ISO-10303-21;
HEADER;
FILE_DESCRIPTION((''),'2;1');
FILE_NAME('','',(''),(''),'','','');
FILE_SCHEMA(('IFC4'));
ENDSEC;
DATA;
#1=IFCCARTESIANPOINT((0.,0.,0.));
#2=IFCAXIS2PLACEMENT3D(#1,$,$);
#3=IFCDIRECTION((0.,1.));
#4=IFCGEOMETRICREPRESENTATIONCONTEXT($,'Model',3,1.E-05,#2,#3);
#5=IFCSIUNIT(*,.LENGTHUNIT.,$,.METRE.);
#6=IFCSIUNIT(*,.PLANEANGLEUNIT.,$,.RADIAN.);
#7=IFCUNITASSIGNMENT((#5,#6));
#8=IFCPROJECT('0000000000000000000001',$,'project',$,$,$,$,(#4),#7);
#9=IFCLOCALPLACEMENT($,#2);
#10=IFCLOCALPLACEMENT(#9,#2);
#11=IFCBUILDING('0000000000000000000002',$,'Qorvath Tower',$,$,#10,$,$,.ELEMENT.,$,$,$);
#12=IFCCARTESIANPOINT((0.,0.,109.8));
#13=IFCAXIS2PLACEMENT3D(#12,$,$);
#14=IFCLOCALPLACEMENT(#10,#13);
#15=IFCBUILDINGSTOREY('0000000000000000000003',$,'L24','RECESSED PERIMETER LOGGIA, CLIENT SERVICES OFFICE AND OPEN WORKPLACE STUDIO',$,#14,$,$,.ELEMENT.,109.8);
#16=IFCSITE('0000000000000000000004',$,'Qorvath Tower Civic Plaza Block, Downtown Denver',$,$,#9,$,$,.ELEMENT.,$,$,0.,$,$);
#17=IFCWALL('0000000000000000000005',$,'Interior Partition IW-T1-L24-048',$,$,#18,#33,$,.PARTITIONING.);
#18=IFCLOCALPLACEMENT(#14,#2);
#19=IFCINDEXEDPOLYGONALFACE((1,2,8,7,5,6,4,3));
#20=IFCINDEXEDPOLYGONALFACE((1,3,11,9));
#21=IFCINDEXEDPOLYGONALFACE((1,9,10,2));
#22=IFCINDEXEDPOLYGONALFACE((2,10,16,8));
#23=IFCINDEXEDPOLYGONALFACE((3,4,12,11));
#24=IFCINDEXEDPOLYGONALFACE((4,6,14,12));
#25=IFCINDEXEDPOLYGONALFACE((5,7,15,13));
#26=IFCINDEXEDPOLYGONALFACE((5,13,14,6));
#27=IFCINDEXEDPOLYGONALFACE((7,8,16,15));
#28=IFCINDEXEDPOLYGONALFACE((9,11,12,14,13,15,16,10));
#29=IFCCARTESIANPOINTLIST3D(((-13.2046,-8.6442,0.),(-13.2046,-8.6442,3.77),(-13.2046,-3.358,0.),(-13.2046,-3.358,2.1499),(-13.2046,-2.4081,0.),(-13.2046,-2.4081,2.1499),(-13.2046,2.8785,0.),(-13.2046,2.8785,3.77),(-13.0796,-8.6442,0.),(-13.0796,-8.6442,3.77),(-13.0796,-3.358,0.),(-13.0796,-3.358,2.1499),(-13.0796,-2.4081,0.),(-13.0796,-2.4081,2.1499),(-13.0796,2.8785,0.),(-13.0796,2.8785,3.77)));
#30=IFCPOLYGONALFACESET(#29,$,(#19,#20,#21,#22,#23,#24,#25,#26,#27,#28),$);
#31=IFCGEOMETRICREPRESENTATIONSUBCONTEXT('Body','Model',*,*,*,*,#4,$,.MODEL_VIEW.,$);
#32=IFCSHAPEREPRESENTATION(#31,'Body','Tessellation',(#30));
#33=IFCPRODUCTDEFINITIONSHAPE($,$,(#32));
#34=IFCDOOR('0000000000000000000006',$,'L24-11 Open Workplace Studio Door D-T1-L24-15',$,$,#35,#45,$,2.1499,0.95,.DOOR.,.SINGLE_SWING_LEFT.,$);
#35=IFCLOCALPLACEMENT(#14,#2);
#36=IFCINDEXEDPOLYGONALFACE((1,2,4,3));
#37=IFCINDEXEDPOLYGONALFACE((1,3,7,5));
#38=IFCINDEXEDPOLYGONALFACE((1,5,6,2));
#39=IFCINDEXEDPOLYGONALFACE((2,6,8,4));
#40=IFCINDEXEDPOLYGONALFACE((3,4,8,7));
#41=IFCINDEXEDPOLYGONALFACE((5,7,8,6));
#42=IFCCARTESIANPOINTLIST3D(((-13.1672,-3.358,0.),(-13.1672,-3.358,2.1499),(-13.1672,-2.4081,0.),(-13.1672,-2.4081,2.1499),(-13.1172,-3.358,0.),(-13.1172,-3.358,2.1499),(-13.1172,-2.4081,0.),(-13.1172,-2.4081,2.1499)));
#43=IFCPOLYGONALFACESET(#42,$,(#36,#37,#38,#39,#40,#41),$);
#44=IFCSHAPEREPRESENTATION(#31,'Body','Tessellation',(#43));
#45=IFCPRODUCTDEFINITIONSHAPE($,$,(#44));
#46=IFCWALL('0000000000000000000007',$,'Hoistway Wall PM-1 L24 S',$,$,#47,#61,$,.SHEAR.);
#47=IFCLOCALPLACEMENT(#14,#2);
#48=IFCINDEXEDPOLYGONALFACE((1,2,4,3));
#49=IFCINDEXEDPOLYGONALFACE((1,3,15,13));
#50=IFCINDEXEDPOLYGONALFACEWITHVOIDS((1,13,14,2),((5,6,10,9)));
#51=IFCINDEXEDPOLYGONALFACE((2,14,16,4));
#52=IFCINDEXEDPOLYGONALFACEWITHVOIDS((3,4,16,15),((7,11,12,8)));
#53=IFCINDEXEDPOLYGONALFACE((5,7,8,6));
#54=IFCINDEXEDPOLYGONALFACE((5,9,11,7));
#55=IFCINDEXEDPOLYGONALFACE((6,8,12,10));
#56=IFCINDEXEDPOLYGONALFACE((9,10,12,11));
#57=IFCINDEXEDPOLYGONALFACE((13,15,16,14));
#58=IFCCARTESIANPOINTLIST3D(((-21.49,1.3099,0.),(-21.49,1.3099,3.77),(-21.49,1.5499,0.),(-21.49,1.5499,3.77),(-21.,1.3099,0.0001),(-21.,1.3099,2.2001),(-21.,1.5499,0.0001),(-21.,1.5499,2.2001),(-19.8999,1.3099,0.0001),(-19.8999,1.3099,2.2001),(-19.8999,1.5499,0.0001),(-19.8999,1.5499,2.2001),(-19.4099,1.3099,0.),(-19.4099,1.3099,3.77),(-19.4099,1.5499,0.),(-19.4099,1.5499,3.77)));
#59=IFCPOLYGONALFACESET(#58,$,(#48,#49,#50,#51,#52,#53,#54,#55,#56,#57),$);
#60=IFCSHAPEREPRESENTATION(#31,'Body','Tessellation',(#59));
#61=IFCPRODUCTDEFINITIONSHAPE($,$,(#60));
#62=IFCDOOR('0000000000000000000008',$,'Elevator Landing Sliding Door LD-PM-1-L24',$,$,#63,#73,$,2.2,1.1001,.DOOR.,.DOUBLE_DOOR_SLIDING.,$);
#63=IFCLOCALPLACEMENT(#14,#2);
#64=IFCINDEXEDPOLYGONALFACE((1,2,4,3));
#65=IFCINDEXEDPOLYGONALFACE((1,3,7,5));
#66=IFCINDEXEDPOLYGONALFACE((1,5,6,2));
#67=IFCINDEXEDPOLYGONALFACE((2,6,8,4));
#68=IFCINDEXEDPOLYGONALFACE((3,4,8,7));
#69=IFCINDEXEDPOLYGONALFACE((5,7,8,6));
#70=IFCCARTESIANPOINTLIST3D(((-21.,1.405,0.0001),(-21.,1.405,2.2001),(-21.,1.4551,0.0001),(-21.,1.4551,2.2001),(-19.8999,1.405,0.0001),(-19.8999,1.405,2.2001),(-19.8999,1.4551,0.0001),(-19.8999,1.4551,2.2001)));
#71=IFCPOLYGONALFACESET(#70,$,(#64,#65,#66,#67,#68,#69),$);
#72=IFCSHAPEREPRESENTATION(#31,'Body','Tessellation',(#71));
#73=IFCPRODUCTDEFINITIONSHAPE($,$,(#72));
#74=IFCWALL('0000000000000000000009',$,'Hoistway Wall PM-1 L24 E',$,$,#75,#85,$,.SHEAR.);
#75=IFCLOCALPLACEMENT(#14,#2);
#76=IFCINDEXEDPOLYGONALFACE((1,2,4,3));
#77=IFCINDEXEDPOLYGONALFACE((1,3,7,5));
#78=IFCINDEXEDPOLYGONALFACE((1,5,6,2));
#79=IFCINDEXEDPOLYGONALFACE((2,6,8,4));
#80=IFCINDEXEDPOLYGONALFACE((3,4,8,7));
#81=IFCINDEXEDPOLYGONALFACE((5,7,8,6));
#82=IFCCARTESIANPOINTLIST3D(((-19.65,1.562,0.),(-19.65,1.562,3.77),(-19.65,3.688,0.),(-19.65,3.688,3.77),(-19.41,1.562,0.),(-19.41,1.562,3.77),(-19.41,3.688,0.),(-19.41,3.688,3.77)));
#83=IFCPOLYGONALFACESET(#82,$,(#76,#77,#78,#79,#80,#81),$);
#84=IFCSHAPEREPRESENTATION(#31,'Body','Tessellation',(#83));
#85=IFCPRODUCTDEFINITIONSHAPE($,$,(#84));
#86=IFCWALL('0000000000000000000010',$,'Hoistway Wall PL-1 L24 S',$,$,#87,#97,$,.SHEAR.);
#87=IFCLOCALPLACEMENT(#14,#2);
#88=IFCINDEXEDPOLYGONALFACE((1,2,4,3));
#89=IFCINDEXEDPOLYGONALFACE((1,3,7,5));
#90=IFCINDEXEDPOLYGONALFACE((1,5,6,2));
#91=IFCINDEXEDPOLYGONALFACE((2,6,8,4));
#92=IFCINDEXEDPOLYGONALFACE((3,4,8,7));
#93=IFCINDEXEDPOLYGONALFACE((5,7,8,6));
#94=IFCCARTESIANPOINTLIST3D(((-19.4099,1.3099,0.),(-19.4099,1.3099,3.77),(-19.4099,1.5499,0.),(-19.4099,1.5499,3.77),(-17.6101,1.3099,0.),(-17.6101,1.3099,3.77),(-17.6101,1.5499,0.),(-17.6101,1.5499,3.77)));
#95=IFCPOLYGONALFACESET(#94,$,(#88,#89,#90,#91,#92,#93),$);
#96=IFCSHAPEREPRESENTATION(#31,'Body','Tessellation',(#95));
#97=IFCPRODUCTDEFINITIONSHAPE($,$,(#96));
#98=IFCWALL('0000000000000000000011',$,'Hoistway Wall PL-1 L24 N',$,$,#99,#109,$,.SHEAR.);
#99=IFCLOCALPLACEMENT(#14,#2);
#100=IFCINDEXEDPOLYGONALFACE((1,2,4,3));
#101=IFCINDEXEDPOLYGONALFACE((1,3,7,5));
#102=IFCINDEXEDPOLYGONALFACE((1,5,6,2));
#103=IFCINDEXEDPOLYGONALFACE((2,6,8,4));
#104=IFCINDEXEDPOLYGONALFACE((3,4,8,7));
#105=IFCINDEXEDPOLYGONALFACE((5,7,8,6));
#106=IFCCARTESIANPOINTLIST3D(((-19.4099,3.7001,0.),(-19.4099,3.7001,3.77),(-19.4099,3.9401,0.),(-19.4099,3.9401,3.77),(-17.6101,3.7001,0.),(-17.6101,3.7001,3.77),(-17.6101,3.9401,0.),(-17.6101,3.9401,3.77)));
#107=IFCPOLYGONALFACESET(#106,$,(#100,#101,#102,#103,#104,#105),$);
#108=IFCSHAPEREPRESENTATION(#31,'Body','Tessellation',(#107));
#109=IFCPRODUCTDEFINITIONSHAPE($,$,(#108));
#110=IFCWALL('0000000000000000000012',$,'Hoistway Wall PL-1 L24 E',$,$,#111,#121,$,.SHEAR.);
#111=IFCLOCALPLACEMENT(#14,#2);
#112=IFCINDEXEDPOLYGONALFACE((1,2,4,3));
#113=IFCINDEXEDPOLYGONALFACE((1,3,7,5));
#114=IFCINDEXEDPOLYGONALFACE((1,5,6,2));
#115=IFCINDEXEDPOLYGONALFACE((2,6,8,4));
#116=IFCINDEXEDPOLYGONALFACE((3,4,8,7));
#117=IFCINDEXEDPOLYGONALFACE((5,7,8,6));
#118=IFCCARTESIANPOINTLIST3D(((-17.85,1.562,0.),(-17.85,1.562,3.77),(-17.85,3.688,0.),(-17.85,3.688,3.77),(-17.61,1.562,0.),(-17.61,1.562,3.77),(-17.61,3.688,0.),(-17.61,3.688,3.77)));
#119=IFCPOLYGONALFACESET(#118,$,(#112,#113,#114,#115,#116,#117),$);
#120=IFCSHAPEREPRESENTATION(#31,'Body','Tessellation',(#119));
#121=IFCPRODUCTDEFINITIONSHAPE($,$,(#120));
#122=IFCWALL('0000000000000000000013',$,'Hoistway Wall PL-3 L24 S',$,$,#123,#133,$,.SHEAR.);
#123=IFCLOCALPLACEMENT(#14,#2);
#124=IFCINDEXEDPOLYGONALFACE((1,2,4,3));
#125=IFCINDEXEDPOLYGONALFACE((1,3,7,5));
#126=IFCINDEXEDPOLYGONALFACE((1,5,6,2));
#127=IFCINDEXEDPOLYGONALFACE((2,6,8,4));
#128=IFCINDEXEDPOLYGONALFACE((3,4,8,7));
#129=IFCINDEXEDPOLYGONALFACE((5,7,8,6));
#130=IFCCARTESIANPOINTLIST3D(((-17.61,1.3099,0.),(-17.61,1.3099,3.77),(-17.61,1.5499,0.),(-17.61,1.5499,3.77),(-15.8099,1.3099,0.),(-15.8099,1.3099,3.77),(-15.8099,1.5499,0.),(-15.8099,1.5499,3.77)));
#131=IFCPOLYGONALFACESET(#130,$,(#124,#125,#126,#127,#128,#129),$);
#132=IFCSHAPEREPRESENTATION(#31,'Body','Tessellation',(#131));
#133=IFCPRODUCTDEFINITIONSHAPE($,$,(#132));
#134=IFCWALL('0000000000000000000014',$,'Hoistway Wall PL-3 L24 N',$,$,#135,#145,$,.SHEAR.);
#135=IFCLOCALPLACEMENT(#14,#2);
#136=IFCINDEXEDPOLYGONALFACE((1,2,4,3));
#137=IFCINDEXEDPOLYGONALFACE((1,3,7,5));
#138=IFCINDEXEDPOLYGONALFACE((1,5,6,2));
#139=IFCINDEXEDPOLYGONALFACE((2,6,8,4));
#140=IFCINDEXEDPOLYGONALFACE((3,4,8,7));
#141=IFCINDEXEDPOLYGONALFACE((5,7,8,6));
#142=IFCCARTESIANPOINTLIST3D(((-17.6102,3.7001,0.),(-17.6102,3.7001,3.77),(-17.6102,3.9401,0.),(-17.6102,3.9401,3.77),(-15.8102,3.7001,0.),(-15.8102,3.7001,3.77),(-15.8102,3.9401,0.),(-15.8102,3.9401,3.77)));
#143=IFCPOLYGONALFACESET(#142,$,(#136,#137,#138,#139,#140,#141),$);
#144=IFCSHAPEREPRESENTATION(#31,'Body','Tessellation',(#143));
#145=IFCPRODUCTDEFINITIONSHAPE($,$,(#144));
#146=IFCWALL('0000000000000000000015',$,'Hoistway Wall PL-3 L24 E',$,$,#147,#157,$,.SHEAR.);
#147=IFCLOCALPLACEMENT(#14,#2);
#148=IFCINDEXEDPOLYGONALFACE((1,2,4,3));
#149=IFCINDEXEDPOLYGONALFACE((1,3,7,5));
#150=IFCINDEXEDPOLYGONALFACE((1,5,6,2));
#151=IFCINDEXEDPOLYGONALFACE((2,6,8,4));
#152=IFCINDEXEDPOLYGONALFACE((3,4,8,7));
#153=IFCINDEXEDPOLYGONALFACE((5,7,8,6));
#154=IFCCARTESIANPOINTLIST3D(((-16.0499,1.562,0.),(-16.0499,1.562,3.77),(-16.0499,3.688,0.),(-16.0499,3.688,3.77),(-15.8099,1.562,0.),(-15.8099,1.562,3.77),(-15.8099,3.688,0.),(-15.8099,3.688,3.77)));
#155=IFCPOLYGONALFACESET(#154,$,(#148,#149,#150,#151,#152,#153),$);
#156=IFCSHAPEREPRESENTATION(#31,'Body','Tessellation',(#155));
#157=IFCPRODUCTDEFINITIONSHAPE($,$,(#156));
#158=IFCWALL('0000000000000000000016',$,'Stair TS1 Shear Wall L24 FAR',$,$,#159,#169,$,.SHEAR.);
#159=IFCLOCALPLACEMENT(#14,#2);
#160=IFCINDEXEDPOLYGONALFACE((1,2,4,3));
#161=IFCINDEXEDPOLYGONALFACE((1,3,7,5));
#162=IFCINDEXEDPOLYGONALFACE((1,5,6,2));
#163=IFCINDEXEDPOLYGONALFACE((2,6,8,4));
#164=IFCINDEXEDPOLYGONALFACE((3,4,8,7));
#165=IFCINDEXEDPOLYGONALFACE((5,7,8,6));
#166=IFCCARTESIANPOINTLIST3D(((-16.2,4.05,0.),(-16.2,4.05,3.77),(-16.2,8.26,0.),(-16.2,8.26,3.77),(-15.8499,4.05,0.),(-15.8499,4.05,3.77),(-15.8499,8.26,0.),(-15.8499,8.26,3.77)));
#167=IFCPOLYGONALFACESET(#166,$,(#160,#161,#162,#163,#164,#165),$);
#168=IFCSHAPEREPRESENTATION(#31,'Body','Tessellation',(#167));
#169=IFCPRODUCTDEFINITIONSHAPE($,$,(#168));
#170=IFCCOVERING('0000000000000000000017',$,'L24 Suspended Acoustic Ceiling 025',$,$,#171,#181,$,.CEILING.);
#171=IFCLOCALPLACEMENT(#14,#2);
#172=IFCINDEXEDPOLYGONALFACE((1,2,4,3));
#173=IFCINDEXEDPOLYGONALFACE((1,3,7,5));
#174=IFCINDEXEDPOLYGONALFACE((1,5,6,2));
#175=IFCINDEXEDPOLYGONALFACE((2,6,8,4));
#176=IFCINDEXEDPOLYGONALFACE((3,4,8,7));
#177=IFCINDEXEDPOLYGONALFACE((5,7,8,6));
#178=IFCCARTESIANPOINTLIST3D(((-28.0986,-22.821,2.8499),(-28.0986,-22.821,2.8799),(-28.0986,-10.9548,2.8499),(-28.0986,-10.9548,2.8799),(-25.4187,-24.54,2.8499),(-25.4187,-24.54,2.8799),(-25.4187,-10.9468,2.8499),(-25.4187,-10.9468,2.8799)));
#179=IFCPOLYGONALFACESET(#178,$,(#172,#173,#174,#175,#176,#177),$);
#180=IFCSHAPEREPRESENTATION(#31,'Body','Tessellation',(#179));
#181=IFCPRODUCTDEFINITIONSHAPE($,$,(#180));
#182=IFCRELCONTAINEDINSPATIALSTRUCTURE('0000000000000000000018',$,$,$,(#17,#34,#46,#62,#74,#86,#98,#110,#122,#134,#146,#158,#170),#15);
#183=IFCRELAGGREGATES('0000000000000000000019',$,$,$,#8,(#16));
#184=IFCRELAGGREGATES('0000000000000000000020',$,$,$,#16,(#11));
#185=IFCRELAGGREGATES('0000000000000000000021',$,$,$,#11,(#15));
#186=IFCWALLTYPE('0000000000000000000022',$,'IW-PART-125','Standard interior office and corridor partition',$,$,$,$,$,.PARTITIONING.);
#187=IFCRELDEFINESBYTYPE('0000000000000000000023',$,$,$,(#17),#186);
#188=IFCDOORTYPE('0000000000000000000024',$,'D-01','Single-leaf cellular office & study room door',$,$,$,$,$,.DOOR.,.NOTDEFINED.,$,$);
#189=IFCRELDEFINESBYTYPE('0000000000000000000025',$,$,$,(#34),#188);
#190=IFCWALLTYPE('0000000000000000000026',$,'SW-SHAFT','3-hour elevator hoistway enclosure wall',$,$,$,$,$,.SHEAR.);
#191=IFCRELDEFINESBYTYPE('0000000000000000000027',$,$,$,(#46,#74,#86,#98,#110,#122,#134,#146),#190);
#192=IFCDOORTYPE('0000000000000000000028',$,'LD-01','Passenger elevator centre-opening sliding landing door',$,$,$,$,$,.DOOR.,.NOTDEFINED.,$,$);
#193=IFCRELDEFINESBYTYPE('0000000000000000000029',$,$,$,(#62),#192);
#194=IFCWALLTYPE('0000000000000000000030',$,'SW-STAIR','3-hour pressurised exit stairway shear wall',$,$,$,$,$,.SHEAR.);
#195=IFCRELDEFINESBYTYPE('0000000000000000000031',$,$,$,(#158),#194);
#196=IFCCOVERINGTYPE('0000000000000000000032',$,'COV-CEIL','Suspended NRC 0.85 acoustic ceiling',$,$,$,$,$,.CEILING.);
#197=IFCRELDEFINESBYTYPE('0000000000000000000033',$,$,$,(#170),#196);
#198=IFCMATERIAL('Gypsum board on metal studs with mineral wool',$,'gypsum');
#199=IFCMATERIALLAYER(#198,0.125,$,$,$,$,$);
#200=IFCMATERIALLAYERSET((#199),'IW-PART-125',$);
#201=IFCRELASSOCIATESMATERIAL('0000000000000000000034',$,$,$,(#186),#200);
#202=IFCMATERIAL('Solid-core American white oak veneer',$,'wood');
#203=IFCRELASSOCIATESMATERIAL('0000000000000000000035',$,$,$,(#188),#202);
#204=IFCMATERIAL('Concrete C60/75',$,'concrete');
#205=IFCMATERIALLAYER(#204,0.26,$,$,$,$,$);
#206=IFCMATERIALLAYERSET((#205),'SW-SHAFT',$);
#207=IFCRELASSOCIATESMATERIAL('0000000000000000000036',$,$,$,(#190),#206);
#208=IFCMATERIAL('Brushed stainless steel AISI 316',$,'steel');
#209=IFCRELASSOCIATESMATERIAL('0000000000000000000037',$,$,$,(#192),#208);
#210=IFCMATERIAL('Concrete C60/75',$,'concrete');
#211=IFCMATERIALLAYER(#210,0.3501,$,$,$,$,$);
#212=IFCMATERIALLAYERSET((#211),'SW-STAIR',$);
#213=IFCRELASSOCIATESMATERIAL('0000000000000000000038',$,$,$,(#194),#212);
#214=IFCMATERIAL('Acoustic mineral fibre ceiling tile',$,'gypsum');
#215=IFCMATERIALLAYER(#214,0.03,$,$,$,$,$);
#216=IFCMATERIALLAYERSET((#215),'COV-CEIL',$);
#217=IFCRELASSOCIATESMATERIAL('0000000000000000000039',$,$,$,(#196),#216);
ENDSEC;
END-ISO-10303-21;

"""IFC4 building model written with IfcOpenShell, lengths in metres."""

from ifc_helpers import new_model, si_unit, direction, frame, frame_2d, origin, place, context, subcontext, project, spatial, polyline, rectangle, outline, extrude, material, layer, layer_set, type_object, element, fill, save


model = new_model("IFC4")

# Units and contexts
model_context = context("Model", 3, precision=1e-05, world=origin(), true_north=direction((0.0, 1.0)))
body_context = subcontext(model_context, "Body", "Model", "MODEL_VIEW")
ifc_project = project(units=[si_unit("LENGTHUNIT", "METRE"), si_unit("PLANEANGLEUNIT", "RADIAN")], contexts=[model_context])

# Site, building, storey
site_placement = place(None, origin())
site = spatial("IfcSite", under=ifc_project, at=site_placement, Name="Qorvath Tower Civic Plaza Block, Downtown Denver", CompositionType="ELEMENT", RefElevation=0.0)
building_placement = place(site_placement, origin())
building = spatial("IfcBuilding", under=site, at=building_placement, Name="Qorvath Tower", CompositionType="ELEMENT")
storey_placement = place(building_placement, frame((0.0, 0.0, 109.8)))
storey = spatial("IfcBuildingStorey", under=building, at=storey_placement, Name="L24", Description="RECESSED PERIMETER LOGGIA, CLIENT SERVICES OFFICE AND OPEN WORKPLACE STUDIO", CompositionType="ELEMENT", Elevation=109.8)

# Walls, openings, doors
ifc_material_1 = material(Name="Gypsum board on metal studs with mineral wool", Category="gypsum")
ifc_layer_1 = layer(ifc_material_1, 0.125)
ifc_layer_set_1 = layer_set([ifc_layer_1], Name="IW-PART-125")
wall_type_1 = type_object("IfcWallType", Name="IW-PART-125", Description="Standard interior office and corridor partition", PredefinedType="PARTITIONING", material=ifc_layer_set_1)
wall_1_placement = place(storey_placement, frame((-13.1421, 2.8784, 0.0), z_axis=(0.0, 0.0, 1.0), x_axis=(0.0, -1.0, 0.0)))
wall_1 = element("IfcWall", 1, at=wall_1_placement, inside=storey, type_object=wall_type_1, Name="Interior Partition IW-T1-L24-048", PredefinedType="PARTITIONING", context=body_context, shape_type="SweptSolid", body=[
    extrude(rectangle(XDim=11.5227, YDim=0.125, at=frame_2d((5.7612, 0.0))), origin(), (0.0, 0.0, 1.0), 3.77),
])
opening_1_placement = place(wall_1_placement, frame((5.2864, 0.0, 0.0)))
opening_1 = element("IfcOpeningElement", 2, at=opening_1_placement, cuts=wall_1, PredefinedType="OPENING", context=body_context, shape_type="SweptSolid", body=[
    extrude(rectangle(XDim=0.95, YDim=2.1499, at=frame_2d((0.4751, 1.075))), frame((0.0, 0.0725, 0.0), z_axis=(0.0, -1.0, 0.0), x_axis=(1.0, 0.0, 0.0)), (0.0, 0.0, 1.0), 0.145),
])
ifc_material_2 = material(Name="Solid-core American white oak veneer", Category="wood")
door_type_1 = type_object("IfcDoorType", Name="D-01", Description="Single-leaf cellular office & study room door", OperationType="NOTDEFINED", PredefinedType="DOOR", material=ifc_material_2)
door_1_placement = place(opening_1_placement, origin())
door_1 = element("IfcDoor", 3, at=door_1_placement, inside=storey, type_object=door_type_1, Name="L24-11 Open Workplace Studio Door D-T1-L24-15", OperationType="SINGLE_SWING_LEFT", OverallHeight=2.1499, OverallWidth=0.95, PredefinedType="DOOR", context=body_context, shape_type="SweptSolid", body=[
    extrude(rectangle(XDim=0.95, YDim=2.1499, at=frame_2d((0.4751, 1.075))), frame((0.0, 0.0249, 0.0), z_axis=(0.0, -1.0, 0.0), x_axis=(1.0, 0.0, 0.0)), (0.0, 0.0, 1.0), 0.05),
])
fill(opening_1, door_1)
ifc_material_3 = material(Name="Concrete C60/75", Category="concrete")
ifc_layer_2 = layer(ifc_material_3, 0.26)
ifc_layer_set_2 = layer_set([ifc_layer_2], Name="SW-SHAFT")
wall_type_2 = type_object("IfcWallType", Name="SW-SHAFT", Description="3-hour elevator hoistway enclosure wall", PredefinedType="SHEAR", material=ifc_layer_set_2)
wall_2_placement = place(storey_placement, frame((-19.4099, 1.4299, 0.0), z_axis=(0.0, 0.0, 1.0), x_axis=(-1.0, 0.0, 0.0)))
wall_2 = element("IfcWall", 4, at=wall_2_placement, inside=storey, type_object=wall_type_2, Name="Hoistway Wall PM-1 L24 S", PredefinedType="SHEAR", context=body_context, shape_type="SweptSolid", body=[
    extrude(rectangle(XDim=2.0801, YDim=0.24, at=frame_2d((1.04, 0.0))), origin(), (0.0, 0.0, 1.0), 3.77),
])
opening_2_placement = place(wall_2_placement, frame((0.49, 0.0, 0.0)))
opening_2 = element("IfcOpeningElement", 5, at=opening_2_placement, cuts=wall_2, PredefinedType="OPENING", context=body_context, shape_type="SweptSolid", body=[
    extrude(rectangle(XDim=1.1001, YDim=2.2, at=frame_2d((0.55, 1.1001))), frame((0.0, 0.1299, 0.0), z_axis=(0.0, -1.0, 0.0), x_axis=(1.0, 0.0, 0.0)), (0.0, 0.0, 1.0), 0.26),
])
ifc_material_4 = material(Name="Brushed stainless steel AISI 316", Category="steel")
door_type_2 = type_object("IfcDoorType", Name="LD-01", Description="Passenger elevator centre-opening sliding landing door", OperationType="NOTDEFINED", PredefinedType="DOOR", material=ifc_material_4)
door_2_placement = place(opening_2_placement, origin())
door_2 = element("IfcDoor", 6, at=door_2_placement, inside=storey, type_object=door_type_2, Name="Elevator Landing Sliding Door LD-PM-1-L24", OperationType="DOUBLE_DOOR_SLIDING", OverallHeight=2.2, OverallWidth=1.1001, PredefinedType="DOOR", context=body_context, shape_type="SweptSolid", body=[
    extrude(rectangle(XDim=1.1001, YDim=2.2, at=frame_2d((0.55, 1.1001))), frame((0.0, 0.0249, 0.0), z_axis=(0.0, -1.0, 0.0), x_axis=(1.0, 0.0, 0.0)), (0.0, 0.0, 1.0), 0.05),
])
fill(opening_2, door_2)

# Walls
wall_3_placement = place(storey_placement, frame((-19.53, 3.688, 0.0), z_axis=(0.0, 0.0, 1.0), x_axis=(0.0, -1.0, 0.0)))
element("IfcWall", 7, at=wall_3_placement, inside=storey, type_object=wall_type_2, Name="Hoistway Wall PM-1 L24 E", PredefinedType="SHEAR", context=body_context, shape_type="SweptSolid", body=[
    extrude(rectangle(XDim=2.126, YDim=0.24, at=frame_2d((1.063, 0.0))), origin(), (0.0, 0.0, 1.0), 3.77),
])
for number, where, z_axis, x_axis, name in (
    (8, (-17.6101, 1.4299, 0.0), (0.0, 0.0, 1.0), (-1.0, 0.0, 0.0), "Hoistway Wall PL-1 L24 S"),
    (9, (-19.4099, 3.8201, 0.0), (0.0, 0.0, 1.0), (1.0, 0.0, 0.0), "Hoistway Wall PL-1 L24 N"),
):
    element("IfcWall", number, at=place(storey_placement, frame(where, z_axis=z_axis, x_axis=x_axis)), inside=storey, type_object=wall_type_2, Name=name, PredefinedType="SHEAR", context=body_context, shape_type="SweptSolid", body=[
        extrude(rectangle(XDim=1.7998, YDim=0.24, at=frame_2d((0.8999, 0.0))), origin(), (0.0, 0.0, 1.0), 3.77),
    ])
wall_4_placement = place(storey_placement, frame((-17.73, 3.688, 0.0), z_axis=(0.0, 0.0, 1.0), x_axis=(0.0, -1.0, 0.0)))
element("IfcWall", 10, at=wall_4_placement, inside=storey, type_object=wall_type_2, Name="Hoistway Wall PL-1 L24 E", PredefinedType="SHEAR", context=body_context, shape_type="SweptSolid", body=[
    extrude(rectangle(XDim=2.126, YDim=0.24, at=frame_2d((1.063, 0.0))), origin(), (0.0, 0.0, 1.0), 3.77),
])
for number, where, z_axis, x_axis, name in (
    (11, (-15.8101, 1.4299, 0.0), (0.0, 0.0, 1.0), (-1.0, 0.0, 0.0), "Hoistway Wall PL-3 L24 S"),
    (12, (-17.6101, 3.8201, 0.0), (0.0, 0.0, 1.0), (1.0, 0.0, 0.0), "Hoistway Wall PL-3 L24 N"),
):
    element("IfcWall", number, at=place(storey_placement, frame(where, z_axis=z_axis, x_axis=x_axis)), inside=storey, type_object=wall_type_2, Name=name, PredefinedType="SHEAR", context=body_context, shape_type="SweptSolid", body=[
        extrude(rectangle(XDim=1.8, YDim=0.24, at=frame_2d((0.8999, 0.0))), origin(), (0.0, 0.0, 1.0), 3.77),
    ])
wall_5_placement = place(storey_placement, frame((-15.9299, 3.688, 0.0), z_axis=(0.0, 0.0, 1.0), x_axis=(0.0, -1.0, 0.0)))
element("IfcWall", 13, at=wall_5_placement, inside=storey, type_object=wall_type_2, Name="Hoistway Wall PL-3 L24 E", PredefinedType="SHEAR", context=body_context, shape_type="SweptSolid", body=[
    extrude(rectangle(XDim=2.126, YDim=0.24, at=frame_2d((1.063, 0.0))), origin(), (0.0, 0.0, 1.0), 3.77),
])
ifc_material_5 = material(Name="Concrete C60/75", Category="concrete")
ifc_layer_3 = layer(ifc_material_5, 0.3501)
ifc_layer_set_3 = layer_set([ifc_layer_3], Name="SW-STAIR")
wall_type_3 = type_object("IfcWallType", Name="SW-STAIR", Description="3-hour pressurised exit stairway shear wall", PredefinedType="SHEAR", material=ifc_layer_set_3)
wall_6_placement = place(storey_placement, frame((-16.0249, 4.05, 0.0), z_axis=(0.0, 0.0, 1.0), x_axis=(0.0, 1.0, 0.0)))
element("IfcWall", 14, at=wall_6_placement, inside=storey, type_object=wall_type_3, Name="Stair TS1 Shear Wall L24 FAR", PredefinedType="SHEAR", context=body_context, shape_type="SweptSolid", body=[
    extrude(rectangle(XDim=4.21, YDim=0.3501, at=frame_2d((2.105, 0.0))), origin(), (0.0, 0.0, 1.0), 3.77),
])

# Covering
ifc_material_6 = material(Name="Acoustic mineral fibre ceiling tile", Category="gypsum")
ifc_layer_4 = layer(ifc_material_6, 0.03)
ifc_layer_set_4 = layer_set([ifc_layer_4], Name="COV-CEIL")
covering_type_1 = type_object("IfcCoveringType", Name="COV-CEIL", Description="Suspended NRC 0.85 acoustic ceiling", PredefinedType="CEILING", material=ifc_layer_set_4)
covering_1_placement = place(storey_placement, frame((0.0, 0.0, 2.8499)))
element("IfcCovering", 15, at=covering_1_placement, inside=storey, type_object=covering_type_1, Name="L24 Suspended Acoustic Ceiling 025", PredefinedType="CEILING", context=body_context, shape_type="SweptSolid", body=[
    extrude(outline(polyline([(-25.4187, -24.54), (-25.4187, -10.9468), (-28.0986, -10.9548), (-28.0986, -22.821), (-25.4187, -24.54)])), origin(), (0.0, 0.0, 1.0), 0.03),
])

save(model, "model.ifc")
